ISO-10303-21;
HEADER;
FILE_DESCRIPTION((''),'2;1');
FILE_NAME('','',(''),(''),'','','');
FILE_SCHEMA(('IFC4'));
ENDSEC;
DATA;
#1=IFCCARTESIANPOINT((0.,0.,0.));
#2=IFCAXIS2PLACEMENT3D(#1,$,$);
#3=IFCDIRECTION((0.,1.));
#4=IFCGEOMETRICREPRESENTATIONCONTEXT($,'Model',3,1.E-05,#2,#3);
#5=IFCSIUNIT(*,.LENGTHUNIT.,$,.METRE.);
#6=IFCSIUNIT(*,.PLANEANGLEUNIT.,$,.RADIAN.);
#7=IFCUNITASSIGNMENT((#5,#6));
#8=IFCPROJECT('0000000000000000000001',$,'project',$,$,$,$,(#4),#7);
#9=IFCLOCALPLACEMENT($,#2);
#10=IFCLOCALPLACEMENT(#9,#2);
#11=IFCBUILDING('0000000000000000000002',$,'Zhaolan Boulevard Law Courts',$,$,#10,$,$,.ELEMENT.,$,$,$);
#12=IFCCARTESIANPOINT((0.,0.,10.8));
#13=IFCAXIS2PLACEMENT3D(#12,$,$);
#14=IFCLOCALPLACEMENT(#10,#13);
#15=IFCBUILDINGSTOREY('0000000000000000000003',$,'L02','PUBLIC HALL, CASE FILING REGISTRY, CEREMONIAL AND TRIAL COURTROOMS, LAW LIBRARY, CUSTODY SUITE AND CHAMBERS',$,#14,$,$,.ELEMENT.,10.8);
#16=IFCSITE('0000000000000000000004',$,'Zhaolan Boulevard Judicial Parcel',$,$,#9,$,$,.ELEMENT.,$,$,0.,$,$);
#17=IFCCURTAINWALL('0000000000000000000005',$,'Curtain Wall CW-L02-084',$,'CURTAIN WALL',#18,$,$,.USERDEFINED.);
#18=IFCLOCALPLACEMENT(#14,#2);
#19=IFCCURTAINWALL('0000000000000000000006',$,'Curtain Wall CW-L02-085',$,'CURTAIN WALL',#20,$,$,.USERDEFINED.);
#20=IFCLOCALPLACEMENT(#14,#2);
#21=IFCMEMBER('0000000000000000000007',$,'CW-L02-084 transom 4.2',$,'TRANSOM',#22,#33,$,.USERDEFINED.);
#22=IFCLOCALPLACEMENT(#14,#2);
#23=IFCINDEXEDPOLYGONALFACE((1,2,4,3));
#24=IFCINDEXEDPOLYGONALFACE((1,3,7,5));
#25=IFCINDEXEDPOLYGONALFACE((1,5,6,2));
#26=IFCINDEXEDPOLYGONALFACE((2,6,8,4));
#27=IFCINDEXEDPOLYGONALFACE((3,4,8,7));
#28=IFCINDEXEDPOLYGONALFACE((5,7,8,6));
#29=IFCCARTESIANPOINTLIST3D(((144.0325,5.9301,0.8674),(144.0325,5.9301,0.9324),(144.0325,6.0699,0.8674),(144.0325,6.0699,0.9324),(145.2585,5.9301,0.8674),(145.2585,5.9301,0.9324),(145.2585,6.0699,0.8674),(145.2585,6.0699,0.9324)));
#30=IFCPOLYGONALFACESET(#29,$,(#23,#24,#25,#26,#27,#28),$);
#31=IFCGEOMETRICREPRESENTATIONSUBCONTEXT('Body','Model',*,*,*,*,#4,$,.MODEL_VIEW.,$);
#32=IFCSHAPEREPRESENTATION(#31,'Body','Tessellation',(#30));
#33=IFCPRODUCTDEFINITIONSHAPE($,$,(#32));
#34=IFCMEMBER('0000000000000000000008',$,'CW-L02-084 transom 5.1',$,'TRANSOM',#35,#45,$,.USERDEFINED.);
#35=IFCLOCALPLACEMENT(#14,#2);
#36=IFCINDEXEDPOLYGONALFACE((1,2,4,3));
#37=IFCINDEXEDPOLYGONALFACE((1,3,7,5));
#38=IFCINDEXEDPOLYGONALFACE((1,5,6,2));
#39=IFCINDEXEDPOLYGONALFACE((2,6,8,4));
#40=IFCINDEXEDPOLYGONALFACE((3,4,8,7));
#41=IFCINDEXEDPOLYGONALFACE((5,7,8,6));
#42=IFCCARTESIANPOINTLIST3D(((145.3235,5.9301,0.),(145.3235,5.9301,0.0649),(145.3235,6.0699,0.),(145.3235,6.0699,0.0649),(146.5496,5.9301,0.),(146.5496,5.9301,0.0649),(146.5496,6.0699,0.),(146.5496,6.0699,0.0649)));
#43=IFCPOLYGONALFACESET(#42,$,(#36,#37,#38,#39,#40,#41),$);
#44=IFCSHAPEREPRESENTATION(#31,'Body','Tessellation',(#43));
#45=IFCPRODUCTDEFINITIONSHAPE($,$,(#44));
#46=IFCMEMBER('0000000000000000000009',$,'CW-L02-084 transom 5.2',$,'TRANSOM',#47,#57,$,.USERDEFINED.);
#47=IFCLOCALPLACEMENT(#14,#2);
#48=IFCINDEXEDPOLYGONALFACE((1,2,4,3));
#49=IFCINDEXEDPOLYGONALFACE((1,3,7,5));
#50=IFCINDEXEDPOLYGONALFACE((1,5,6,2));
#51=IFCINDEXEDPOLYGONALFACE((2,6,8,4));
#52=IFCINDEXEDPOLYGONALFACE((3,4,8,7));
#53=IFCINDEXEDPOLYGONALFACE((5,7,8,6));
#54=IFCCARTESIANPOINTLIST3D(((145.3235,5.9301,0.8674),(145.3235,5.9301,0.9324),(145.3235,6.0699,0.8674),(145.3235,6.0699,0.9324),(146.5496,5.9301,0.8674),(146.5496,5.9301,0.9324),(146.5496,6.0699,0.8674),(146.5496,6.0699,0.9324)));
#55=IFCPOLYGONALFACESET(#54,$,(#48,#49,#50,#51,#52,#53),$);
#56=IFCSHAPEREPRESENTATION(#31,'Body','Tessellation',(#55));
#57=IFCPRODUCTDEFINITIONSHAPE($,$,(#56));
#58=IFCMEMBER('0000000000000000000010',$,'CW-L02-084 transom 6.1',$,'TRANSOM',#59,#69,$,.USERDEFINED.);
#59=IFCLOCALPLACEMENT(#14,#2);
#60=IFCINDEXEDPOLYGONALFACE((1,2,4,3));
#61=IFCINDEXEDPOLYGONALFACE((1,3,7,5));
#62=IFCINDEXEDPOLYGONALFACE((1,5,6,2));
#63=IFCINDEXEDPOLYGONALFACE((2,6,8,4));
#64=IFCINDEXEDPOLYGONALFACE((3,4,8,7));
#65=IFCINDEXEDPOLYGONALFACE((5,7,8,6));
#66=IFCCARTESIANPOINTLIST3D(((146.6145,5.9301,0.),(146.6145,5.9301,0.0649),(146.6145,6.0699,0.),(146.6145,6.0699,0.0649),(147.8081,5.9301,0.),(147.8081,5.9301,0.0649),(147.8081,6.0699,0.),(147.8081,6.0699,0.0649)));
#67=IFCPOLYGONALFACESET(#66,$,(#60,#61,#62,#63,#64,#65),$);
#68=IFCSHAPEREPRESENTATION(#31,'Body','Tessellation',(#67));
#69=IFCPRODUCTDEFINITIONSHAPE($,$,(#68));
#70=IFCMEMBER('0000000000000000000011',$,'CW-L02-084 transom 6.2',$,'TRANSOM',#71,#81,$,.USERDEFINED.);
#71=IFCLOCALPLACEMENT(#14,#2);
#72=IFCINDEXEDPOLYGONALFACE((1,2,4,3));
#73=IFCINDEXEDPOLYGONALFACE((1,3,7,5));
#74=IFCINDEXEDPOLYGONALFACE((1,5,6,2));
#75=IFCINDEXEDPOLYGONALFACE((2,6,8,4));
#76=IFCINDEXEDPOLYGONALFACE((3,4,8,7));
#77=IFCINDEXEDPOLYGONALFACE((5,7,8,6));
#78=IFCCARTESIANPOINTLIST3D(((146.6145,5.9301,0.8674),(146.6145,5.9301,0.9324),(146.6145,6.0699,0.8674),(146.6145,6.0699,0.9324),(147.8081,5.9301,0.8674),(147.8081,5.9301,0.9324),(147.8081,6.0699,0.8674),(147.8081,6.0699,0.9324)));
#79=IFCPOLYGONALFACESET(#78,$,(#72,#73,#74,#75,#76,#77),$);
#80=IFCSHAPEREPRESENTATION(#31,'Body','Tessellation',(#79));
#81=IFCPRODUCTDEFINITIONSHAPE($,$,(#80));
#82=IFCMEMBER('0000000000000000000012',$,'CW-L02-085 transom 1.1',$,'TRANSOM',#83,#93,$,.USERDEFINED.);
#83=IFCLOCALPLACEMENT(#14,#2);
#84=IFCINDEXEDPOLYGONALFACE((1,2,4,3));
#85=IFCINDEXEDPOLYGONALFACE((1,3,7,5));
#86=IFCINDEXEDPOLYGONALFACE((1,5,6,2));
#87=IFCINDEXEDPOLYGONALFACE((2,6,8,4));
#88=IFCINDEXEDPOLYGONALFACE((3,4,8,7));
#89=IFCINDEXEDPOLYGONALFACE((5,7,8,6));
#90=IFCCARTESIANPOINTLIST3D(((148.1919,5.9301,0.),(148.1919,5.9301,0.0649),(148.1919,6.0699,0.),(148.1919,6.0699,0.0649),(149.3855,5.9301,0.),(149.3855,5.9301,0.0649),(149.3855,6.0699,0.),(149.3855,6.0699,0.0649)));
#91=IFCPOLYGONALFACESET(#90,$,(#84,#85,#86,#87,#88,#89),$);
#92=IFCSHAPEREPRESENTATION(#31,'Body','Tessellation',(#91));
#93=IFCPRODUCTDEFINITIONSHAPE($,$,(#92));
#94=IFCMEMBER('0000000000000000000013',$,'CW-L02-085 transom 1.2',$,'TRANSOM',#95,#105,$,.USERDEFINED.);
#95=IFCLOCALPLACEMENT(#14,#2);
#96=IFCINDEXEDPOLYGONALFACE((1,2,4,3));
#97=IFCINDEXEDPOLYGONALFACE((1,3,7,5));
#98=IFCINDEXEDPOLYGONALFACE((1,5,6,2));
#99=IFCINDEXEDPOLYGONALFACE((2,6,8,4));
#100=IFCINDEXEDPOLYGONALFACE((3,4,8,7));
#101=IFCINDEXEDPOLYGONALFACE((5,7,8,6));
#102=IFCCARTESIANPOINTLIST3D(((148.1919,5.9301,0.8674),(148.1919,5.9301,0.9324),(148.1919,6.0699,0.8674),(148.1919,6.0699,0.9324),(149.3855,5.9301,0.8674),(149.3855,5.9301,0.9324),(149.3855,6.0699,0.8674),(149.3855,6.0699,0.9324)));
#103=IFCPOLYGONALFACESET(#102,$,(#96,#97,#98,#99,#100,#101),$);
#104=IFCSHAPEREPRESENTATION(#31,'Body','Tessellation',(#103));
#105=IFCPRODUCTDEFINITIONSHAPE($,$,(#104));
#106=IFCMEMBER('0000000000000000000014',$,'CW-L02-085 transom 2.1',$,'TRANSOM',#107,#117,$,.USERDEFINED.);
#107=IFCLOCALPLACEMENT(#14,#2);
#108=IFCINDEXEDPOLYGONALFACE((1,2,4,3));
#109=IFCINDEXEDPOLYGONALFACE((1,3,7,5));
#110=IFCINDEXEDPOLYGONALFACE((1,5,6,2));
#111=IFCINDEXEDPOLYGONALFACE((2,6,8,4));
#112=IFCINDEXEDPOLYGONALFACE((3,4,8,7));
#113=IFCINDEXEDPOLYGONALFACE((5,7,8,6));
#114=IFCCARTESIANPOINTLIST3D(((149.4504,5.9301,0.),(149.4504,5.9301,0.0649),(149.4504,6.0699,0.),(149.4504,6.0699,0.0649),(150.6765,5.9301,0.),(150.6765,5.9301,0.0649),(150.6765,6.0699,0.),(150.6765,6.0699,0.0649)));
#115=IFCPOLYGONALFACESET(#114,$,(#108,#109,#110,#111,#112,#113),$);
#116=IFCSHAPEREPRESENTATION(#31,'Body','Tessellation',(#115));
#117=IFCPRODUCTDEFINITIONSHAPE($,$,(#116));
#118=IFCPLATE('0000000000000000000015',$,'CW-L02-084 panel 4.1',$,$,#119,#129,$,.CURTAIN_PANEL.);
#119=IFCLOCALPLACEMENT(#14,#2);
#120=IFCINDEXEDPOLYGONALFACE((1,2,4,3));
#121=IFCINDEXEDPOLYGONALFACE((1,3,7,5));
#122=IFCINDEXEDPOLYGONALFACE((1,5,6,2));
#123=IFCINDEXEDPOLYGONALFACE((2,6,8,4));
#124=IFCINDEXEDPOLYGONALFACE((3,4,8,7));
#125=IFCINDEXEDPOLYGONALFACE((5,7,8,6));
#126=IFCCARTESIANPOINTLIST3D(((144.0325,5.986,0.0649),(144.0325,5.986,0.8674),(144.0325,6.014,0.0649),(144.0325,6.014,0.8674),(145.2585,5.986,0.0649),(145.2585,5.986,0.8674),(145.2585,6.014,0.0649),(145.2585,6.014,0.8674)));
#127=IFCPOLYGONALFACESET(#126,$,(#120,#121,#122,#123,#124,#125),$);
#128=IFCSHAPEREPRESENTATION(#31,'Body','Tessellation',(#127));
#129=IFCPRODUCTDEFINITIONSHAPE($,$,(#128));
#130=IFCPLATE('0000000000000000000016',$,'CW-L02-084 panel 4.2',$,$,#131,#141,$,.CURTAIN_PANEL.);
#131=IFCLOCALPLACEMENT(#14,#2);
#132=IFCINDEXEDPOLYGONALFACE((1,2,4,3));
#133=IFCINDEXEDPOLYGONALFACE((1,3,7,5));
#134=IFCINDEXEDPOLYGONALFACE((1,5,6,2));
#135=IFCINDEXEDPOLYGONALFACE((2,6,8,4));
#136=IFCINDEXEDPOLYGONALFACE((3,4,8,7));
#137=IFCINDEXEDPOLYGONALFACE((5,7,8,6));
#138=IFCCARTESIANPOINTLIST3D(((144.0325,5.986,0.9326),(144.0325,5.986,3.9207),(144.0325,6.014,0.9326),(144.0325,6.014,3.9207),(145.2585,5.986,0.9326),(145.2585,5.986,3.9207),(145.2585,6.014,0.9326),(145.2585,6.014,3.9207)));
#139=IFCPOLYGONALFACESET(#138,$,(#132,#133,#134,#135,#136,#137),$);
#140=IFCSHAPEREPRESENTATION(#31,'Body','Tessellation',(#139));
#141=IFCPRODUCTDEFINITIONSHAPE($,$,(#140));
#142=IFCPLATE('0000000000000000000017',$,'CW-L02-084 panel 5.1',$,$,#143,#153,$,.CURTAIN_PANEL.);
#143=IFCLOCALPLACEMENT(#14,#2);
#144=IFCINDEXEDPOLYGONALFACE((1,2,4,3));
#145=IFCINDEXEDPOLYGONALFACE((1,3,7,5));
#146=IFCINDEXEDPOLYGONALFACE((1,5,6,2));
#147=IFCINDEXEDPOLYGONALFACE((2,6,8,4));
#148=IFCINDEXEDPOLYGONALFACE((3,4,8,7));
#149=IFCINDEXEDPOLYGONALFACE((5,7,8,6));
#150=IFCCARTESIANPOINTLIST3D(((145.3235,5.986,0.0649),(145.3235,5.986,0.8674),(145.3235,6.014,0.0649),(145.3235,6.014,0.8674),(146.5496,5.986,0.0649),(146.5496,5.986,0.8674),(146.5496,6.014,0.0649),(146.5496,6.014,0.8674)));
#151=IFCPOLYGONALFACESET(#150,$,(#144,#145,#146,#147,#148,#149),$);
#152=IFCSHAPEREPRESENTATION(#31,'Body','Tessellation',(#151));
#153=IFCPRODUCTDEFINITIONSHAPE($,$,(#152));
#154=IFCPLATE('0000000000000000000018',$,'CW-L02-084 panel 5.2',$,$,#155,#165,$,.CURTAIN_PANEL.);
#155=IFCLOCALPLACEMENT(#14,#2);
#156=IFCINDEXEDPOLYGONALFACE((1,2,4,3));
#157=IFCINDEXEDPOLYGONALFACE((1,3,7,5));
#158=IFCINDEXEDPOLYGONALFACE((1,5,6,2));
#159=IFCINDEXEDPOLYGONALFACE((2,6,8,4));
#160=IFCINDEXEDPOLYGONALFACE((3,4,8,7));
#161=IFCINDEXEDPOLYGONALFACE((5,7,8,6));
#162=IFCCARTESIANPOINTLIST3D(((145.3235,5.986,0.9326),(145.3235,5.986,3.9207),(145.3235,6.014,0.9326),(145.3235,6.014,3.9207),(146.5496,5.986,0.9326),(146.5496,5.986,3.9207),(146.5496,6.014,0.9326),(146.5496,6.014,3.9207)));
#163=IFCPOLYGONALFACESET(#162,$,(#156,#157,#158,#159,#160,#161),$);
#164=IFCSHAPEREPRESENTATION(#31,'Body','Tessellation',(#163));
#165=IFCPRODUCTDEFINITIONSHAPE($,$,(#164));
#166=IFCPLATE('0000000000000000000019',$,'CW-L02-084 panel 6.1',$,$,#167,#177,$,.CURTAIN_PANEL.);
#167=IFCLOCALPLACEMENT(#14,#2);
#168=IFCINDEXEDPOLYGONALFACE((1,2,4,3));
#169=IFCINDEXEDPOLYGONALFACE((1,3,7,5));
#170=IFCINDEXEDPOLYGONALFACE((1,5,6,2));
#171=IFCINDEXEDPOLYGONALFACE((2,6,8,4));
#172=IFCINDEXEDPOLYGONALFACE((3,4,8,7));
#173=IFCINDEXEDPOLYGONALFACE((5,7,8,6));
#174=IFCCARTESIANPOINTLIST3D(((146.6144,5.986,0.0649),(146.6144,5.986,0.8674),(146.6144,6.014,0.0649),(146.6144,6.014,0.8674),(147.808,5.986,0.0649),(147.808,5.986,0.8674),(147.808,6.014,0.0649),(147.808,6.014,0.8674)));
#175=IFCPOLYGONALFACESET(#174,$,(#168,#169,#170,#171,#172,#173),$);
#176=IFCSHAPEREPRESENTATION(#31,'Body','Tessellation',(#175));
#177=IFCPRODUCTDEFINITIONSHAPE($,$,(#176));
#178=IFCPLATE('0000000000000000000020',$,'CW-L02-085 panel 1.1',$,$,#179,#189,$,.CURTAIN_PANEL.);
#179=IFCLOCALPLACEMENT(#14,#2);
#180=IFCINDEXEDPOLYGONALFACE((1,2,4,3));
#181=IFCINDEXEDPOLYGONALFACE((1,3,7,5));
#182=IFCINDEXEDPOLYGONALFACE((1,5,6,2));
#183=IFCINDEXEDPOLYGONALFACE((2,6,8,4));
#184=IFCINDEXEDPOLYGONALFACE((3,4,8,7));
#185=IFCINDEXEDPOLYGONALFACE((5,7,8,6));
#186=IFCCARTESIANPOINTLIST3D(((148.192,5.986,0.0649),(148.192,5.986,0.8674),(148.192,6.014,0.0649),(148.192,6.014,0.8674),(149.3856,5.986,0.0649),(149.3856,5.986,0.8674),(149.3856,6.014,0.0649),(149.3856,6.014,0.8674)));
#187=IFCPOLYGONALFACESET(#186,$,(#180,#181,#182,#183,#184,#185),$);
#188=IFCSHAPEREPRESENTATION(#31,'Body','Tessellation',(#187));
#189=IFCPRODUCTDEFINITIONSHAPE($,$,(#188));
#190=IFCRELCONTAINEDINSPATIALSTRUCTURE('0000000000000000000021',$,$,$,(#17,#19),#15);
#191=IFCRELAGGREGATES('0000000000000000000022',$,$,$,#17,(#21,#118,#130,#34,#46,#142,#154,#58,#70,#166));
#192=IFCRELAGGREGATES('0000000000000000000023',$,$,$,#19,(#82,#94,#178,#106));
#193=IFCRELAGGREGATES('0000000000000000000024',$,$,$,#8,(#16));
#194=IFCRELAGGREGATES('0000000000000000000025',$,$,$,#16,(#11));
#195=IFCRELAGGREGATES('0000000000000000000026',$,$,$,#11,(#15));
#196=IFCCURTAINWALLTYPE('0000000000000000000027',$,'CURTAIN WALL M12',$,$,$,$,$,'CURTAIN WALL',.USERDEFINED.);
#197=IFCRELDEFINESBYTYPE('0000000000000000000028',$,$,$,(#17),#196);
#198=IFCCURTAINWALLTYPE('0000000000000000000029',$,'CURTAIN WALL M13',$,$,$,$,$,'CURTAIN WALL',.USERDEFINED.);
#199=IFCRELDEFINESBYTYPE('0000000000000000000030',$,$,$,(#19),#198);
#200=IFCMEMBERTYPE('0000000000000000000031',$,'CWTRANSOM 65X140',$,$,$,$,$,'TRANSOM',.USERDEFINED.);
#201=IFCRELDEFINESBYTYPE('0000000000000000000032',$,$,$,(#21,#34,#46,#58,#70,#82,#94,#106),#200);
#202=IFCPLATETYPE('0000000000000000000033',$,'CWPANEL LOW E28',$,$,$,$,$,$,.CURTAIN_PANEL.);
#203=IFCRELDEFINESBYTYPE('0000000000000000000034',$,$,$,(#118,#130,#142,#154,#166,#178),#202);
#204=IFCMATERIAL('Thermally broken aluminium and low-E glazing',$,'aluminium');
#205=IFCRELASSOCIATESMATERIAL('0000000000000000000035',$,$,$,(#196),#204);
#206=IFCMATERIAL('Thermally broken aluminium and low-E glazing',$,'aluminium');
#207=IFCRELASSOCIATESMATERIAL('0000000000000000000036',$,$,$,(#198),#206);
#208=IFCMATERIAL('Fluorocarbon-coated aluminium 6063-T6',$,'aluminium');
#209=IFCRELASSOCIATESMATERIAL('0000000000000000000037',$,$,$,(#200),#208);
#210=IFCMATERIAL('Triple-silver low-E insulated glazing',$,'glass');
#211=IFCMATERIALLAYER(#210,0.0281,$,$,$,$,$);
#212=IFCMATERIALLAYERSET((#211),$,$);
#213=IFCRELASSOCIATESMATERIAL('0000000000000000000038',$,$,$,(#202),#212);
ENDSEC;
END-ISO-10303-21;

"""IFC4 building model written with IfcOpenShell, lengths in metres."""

from ifc_helpers import new_model, si_unit, direction, frame, origin, origin_2d, place, context, subcontext, project, spatial, rectangle, extrude, material, layer, layer_set, material_profile, profile_set, type_object, element, aggregate, save


model = new_model("IFC4")

# Units and contexts
model_context = context("Model", 3, precision=1e-05, world=origin(), true_north=direction((0.0, 1.0)))
body_context = subcontext(model_context, "Body", "Model", "MODEL_VIEW")
ifc_project = project(units=[si_unit("LENGTHUNIT", "METRE"), si_unit("PLANEANGLEUNIT", "RADIAN")], contexts=[model_context])

# Site, building, storey
site_placement = place(None, origin())
site = spatial("IfcSite", under=ifc_project, at=site_placement, Name="Zhaolan Boulevard Judicial Parcel", CompositionType="ELEMENT", RefElevation=0.0)
building_placement = place(site_placement, origin())
building = spatial("IfcBuilding", under=site, at=building_placement, Name="Zhaolan Boulevard Law Courts", CompositionType="ELEMENT")
storey_placement = place(building_placement, frame((0.0, 0.0, 10.8)))
storey = spatial("IfcBuildingStorey", under=building, at=storey_placement, Name="L02", Description="PUBLIC HALL, CASE FILING REGISTRY, CEREMONIAL AND TRIAL COURTROOMS, LAW LIBRARY, CUSTODY SUITE AND CHAMBERS", CompositionType="ELEMENT", Elevation=10.8)

# Curtain walls
ifc_material_1 = material(Name="Thermally broken aluminium and low-E glazing", Category="aluminium")
curtain_wall_type_1 = type_object("IfcCurtainWallType", Name="CURTAIN WALL M12", ElementType="CURTAIN WALL", PredefinedType="USERDEFINED", material=ifc_material_1)
curtain_wall_1_placement = place(storey_placement, origin())
curtain_wall_1 = element("IfcCurtainWall", 1, at=curtain_wall_1_placement, inside=storey, type_object=curtain_wall_type_1, Name="Curtain Wall CW-L02-084", ObjectType="CURTAIN WALL", PredefinedType="USERDEFINED")
ifc_material_2 = material(Name="Thermally broken aluminium and low-E glazing", Category="aluminium")
curtain_wall_type_2 = type_object("IfcCurtainWallType", Name="CURTAIN WALL M13", ElementType="CURTAIN WALL", PredefinedType="USERDEFINED", material=ifc_material_2)
curtain_wall_2_placement = place(storey_placement, origin())
curtain_wall_2 = element("IfcCurtainWall", 2, at=curtain_wall_2_placement, inside=storey, type_object=curtain_wall_type_2, Name="Curtain Wall CW-L02-085", ObjectType="CURTAIN WALL", PredefinedType="USERDEFINED")

# Members
ifc_material_3 = material(Name="Fluorocarbon-coated aluminium 6063-T6", Category="aluminium")
ifc_material_profile_1 = material_profile(ifc_material_3, rectangle(XDim=0.1399, YDim=0.0649, at=origin_2d()), Name="AL65x140")
ifc_profile_set_1 = profile_set([ifc_material_profile_1], Name="Fluorocarbon-coated aluminium 6063-T6")
member_type_1 = type_object("IfcMemberType", Name="CWTRANSOM 65X140", ElementType="TRANSOM", PredefinedType="USERDEFINED", material=ifc_profile_set_1)
member_1_placement = place(storey_placement, frame((144.0325, 6.0, 0.8999), z_axis=(1.0, 0.0, 0.0), x_axis=(0.0, 1.0, 0.0)))
member_1 = element("IfcMember", 3, at=member_1_placement, type_object=member_type_1, Name="CW-L02-084 transom 4.2", ObjectType="TRANSOM", PredefinedType="USERDEFINED", context=body_context, shape_type="SweptSolid", body=[
    extrude(rectangle(XDim=0.1399, YDim=0.0649, at=origin_2d()), origin(), (0.0, 0.0, 1.0), 1.2261),
])
member_2_placement = place(storey_placement, frame((145.3235, 6.0, 0.0325), z_axis=(1.0, 0.0, 0.0), x_axis=(0.0, 1.0, 0.0)))
member_2 = element("IfcMember", 4, at=member_2_placement, type_object=member_type_1, Name="CW-L02-084 transom 5.1", ObjectType="TRANSOM", PredefinedType="USERDEFINED", context=body_context, shape_type="SweptSolid", body=[
    extrude(rectangle(XDim=0.1399, YDim=0.0649, at=origin_2d()), origin(), (0.0, 0.0, 1.0), 1.2261),
])
member_3_placement = place(storey_placement, frame((145.3235, 6.0, 0.8999), z_axis=(1.0, 0.0, 0.0), x_axis=(0.0, 1.0, 0.0)))
member_3 = element("IfcMember", 5, at=member_3_placement, type_object=member_type_1, Name="CW-L02-084 transom 5.2", ObjectType="TRANSOM", PredefinedType="USERDEFINED", context=body_context, shape_type="SweptSolid", body=[
    extrude(rectangle(XDim=0.1399, YDim=0.0649, at=origin_2d()), origin(), (0.0, 0.0, 1.0), 1.2261),
])
member_4_placement = place(storey_placement, frame((146.6145, 6.0, 0.0325), z_axis=(1.0, 0.0, 0.0), x_axis=(0.0, 1.0, 0.0)))
member_4 = element("IfcMember", 6, at=member_4_placement, type_object=member_type_1, Name="CW-L02-084 transom 6.1", ObjectType="TRANSOM", PredefinedType="USERDEFINED", context=body_context, shape_type="SweptSolid", body=[
    extrude(rectangle(XDim=0.1399, YDim=0.0649, at=origin_2d()), origin(), (0.0, 0.0, 1.0), 1.1936),
])
member_5_placement = place(storey_placement, frame((146.6145, 6.0, 0.8999), z_axis=(1.0, 0.0, 0.0), x_axis=(0.0, 1.0, 0.0)))
member_5 = element("IfcMember", 7, at=member_5_placement, type_object=member_type_1, Name="CW-L02-084 transom 6.2", ObjectType="TRANSOM", PredefinedType="USERDEFINED", context=body_context, shape_type="SweptSolid", body=[
    extrude(rectangle(XDim=0.1399, YDim=0.0649, at=origin_2d()), origin(), (0.0, 0.0, 1.0), 1.1936),
])
member_6_placement = place(storey_placement, frame((148.1919, 6.0, 0.0325), z_axis=(1.0, 0.0, 0.0), x_axis=(0.0, 1.0, 0.0)))
member_6 = element("IfcMember", 8, at=member_6_placement, type_object=member_type_1, Name="CW-L02-085 transom 1.1", ObjectType="TRANSOM", PredefinedType="USERDEFINED", context=body_context, shape_type="SweptSolid", body=[
    extrude(rectangle(XDim=0.1399, YDim=0.0649, at=origin_2d()), origin(), (0.0, 0.0, 1.0), 1.1936),
])
member_7_placement = place(storey_placement, frame((148.1919, 6.0, 0.8999), z_axis=(1.0, 0.0, 0.0), x_axis=(0.0, 1.0, 0.0)))
member_7 = element("IfcMember", 9, at=member_7_placement, type_object=member_type_1, Name="CW-L02-085 transom 1.2", ObjectType="TRANSOM", PredefinedType="USERDEFINED", context=body_context, shape_type="SweptSolid", body=[
    extrude(rectangle(XDim=0.1399, YDim=0.0649, at=origin_2d()), origin(), (0.0, 0.0, 1.0), 1.1936),
])
member_8_placement = place(storey_placement, frame((149.4504, 6.0, 0.0325), z_axis=(1.0, 0.0, 0.0), x_axis=(0.0, 1.0, 0.0)))
member_8 = element("IfcMember", 10, at=member_8_placement, type_object=member_type_1, Name="CW-L02-085 transom 2.1", ObjectType="TRANSOM", PredefinedType="USERDEFINED", context=body_context, shape_type="SweptSolid", body=[
    extrude(rectangle(XDim=0.1399, YDim=0.0649, at=origin_2d()), origin(), (0.0, 0.0, 1.0), 1.2261),
])

# Plates
ifc_material_4 = material(Name="Triple-silver low-E insulated glazing", Category="glass")
ifc_layer = layer(ifc_material_4, 0.0281)
ifc_layer_set = layer_set([ifc_layer])
plate_type = type_object("IfcPlateType", Name="CWPANEL LOW E28", PredefinedType="CURTAIN_PANEL", material=ifc_layer_set)
plate_1_placement = place(storey_placement, frame((144.6455, 6.0, 0.0649), z_axis=(0.0, 0.0, 1.0), x_axis=(1.0, 0.0, 0.0)))
plate_1 = element("IfcPlate", 11, at=plate_1_placement, type_object=plate_type, Name="CW-L02-084 panel 4.1", PredefinedType="CURTAIN_PANEL", context=body_context, shape_type="SweptSolid", body=[
    extrude(rectangle(XDim=1.2261, YDim=0.0281, at=origin_2d()), origin(), (0.0, 0.0, 1.0), 0.8025),
])
plate_2_placement = place(storey_placement, frame((144.6455, 6.0, 0.9326), z_axis=(0.0, 0.0, 1.0), x_axis=(1.0, 0.0, 0.0)))
plate_2 = element("IfcPlate", 12, at=plate_2_placement, type_object=plate_type, Name="CW-L02-084 panel 4.2", PredefinedType="CURTAIN_PANEL", context=body_context, shape_type="SweptSolid", body=[
    extrude(rectangle(XDim=1.2261, YDim=0.0281, at=origin_2d()), origin(), (0.0, 0.0, 1.0), 2.988),
])
plate_3_placement = place(storey_placement, frame((145.9365, 6.0, 0.0649), z_axis=(0.0, 0.0, 1.0), x_axis=(1.0, 0.0, 0.0)))
plate_3 = element("IfcPlate", 13, at=plate_3_placement, type_object=plate_type, Name="CW-L02-084 panel 5.1", PredefinedType="CURTAIN_PANEL", context=body_context, shape_type="SweptSolid", body=[
    extrude(rectangle(XDim=1.2261, YDim=0.0281, at=origin_2d()), origin(), (0.0, 0.0, 1.0), 0.8025),
])
plate_4_placement = place(storey_placement, frame((145.9365, 6.0, 0.9326), z_axis=(0.0, 0.0, 1.0), x_axis=(1.0, 0.0, 0.0)))
plate_4 = element("IfcPlate", 14, at=plate_4_placement, type_object=plate_type, Name="CW-L02-084 panel 5.2", PredefinedType="CURTAIN_PANEL", context=body_context, shape_type="SweptSolid", body=[
    extrude(rectangle(XDim=1.2261, YDim=0.0281, at=origin_2d()), origin(), (0.0, 0.0, 1.0), 2.988),
])
plate_5_placement = place(storey_placement, frame((147.2112, 6.0, 0.0649), z_axis=(0.0, 0.0, 1.0), x_axis=(1.0, 0.0, 0.0)))
plate_5 = element("IfcPlate", 15, at=plate_5_placement, type_object=plate_type, Name="CW-L02-084 panel 6.1", PredefinedType="CURTAIN_PANEL", context=body_context, shape_type="SweptSolid", body=[
    extrude(rectangle(XDim=1.1936, YDim=0.0281, at=origin_2d()), origin(), (0.0, 0.0, 1.0), 0.8025),
])
aggregate(curtain_wall_1, [member_1, plate_1, plate_2, member_2, member_3, plate_3, plate_4, member_4, member_5, plate_5])
plate_6_placement = place(storey_placement, frame((148.7888, 6.0, 0.0649), z_axis=(0.0, 0.0, 1.0), x_axis=(1.0, 0.0, 0.0)))
plate_6 = element("IfcPlate", 16, at=plate_6_placement, type_object=plate_type, Name="CW-L02-085 panel 1.1", PredefinedType="CURTAIN_PANEL", context=body_context, shape_type="SweptSolid", body=[
    extrude(rectangle(XDim=1.1936, YDim=0.0281, at=origin_2d()), origin(), (0.0, 0.0, 1.0), 0.8025),
])
aggregate(curtain_wall_2, [member_6, member_7, plate_6, member_8])

save(model, "model.ifc")
